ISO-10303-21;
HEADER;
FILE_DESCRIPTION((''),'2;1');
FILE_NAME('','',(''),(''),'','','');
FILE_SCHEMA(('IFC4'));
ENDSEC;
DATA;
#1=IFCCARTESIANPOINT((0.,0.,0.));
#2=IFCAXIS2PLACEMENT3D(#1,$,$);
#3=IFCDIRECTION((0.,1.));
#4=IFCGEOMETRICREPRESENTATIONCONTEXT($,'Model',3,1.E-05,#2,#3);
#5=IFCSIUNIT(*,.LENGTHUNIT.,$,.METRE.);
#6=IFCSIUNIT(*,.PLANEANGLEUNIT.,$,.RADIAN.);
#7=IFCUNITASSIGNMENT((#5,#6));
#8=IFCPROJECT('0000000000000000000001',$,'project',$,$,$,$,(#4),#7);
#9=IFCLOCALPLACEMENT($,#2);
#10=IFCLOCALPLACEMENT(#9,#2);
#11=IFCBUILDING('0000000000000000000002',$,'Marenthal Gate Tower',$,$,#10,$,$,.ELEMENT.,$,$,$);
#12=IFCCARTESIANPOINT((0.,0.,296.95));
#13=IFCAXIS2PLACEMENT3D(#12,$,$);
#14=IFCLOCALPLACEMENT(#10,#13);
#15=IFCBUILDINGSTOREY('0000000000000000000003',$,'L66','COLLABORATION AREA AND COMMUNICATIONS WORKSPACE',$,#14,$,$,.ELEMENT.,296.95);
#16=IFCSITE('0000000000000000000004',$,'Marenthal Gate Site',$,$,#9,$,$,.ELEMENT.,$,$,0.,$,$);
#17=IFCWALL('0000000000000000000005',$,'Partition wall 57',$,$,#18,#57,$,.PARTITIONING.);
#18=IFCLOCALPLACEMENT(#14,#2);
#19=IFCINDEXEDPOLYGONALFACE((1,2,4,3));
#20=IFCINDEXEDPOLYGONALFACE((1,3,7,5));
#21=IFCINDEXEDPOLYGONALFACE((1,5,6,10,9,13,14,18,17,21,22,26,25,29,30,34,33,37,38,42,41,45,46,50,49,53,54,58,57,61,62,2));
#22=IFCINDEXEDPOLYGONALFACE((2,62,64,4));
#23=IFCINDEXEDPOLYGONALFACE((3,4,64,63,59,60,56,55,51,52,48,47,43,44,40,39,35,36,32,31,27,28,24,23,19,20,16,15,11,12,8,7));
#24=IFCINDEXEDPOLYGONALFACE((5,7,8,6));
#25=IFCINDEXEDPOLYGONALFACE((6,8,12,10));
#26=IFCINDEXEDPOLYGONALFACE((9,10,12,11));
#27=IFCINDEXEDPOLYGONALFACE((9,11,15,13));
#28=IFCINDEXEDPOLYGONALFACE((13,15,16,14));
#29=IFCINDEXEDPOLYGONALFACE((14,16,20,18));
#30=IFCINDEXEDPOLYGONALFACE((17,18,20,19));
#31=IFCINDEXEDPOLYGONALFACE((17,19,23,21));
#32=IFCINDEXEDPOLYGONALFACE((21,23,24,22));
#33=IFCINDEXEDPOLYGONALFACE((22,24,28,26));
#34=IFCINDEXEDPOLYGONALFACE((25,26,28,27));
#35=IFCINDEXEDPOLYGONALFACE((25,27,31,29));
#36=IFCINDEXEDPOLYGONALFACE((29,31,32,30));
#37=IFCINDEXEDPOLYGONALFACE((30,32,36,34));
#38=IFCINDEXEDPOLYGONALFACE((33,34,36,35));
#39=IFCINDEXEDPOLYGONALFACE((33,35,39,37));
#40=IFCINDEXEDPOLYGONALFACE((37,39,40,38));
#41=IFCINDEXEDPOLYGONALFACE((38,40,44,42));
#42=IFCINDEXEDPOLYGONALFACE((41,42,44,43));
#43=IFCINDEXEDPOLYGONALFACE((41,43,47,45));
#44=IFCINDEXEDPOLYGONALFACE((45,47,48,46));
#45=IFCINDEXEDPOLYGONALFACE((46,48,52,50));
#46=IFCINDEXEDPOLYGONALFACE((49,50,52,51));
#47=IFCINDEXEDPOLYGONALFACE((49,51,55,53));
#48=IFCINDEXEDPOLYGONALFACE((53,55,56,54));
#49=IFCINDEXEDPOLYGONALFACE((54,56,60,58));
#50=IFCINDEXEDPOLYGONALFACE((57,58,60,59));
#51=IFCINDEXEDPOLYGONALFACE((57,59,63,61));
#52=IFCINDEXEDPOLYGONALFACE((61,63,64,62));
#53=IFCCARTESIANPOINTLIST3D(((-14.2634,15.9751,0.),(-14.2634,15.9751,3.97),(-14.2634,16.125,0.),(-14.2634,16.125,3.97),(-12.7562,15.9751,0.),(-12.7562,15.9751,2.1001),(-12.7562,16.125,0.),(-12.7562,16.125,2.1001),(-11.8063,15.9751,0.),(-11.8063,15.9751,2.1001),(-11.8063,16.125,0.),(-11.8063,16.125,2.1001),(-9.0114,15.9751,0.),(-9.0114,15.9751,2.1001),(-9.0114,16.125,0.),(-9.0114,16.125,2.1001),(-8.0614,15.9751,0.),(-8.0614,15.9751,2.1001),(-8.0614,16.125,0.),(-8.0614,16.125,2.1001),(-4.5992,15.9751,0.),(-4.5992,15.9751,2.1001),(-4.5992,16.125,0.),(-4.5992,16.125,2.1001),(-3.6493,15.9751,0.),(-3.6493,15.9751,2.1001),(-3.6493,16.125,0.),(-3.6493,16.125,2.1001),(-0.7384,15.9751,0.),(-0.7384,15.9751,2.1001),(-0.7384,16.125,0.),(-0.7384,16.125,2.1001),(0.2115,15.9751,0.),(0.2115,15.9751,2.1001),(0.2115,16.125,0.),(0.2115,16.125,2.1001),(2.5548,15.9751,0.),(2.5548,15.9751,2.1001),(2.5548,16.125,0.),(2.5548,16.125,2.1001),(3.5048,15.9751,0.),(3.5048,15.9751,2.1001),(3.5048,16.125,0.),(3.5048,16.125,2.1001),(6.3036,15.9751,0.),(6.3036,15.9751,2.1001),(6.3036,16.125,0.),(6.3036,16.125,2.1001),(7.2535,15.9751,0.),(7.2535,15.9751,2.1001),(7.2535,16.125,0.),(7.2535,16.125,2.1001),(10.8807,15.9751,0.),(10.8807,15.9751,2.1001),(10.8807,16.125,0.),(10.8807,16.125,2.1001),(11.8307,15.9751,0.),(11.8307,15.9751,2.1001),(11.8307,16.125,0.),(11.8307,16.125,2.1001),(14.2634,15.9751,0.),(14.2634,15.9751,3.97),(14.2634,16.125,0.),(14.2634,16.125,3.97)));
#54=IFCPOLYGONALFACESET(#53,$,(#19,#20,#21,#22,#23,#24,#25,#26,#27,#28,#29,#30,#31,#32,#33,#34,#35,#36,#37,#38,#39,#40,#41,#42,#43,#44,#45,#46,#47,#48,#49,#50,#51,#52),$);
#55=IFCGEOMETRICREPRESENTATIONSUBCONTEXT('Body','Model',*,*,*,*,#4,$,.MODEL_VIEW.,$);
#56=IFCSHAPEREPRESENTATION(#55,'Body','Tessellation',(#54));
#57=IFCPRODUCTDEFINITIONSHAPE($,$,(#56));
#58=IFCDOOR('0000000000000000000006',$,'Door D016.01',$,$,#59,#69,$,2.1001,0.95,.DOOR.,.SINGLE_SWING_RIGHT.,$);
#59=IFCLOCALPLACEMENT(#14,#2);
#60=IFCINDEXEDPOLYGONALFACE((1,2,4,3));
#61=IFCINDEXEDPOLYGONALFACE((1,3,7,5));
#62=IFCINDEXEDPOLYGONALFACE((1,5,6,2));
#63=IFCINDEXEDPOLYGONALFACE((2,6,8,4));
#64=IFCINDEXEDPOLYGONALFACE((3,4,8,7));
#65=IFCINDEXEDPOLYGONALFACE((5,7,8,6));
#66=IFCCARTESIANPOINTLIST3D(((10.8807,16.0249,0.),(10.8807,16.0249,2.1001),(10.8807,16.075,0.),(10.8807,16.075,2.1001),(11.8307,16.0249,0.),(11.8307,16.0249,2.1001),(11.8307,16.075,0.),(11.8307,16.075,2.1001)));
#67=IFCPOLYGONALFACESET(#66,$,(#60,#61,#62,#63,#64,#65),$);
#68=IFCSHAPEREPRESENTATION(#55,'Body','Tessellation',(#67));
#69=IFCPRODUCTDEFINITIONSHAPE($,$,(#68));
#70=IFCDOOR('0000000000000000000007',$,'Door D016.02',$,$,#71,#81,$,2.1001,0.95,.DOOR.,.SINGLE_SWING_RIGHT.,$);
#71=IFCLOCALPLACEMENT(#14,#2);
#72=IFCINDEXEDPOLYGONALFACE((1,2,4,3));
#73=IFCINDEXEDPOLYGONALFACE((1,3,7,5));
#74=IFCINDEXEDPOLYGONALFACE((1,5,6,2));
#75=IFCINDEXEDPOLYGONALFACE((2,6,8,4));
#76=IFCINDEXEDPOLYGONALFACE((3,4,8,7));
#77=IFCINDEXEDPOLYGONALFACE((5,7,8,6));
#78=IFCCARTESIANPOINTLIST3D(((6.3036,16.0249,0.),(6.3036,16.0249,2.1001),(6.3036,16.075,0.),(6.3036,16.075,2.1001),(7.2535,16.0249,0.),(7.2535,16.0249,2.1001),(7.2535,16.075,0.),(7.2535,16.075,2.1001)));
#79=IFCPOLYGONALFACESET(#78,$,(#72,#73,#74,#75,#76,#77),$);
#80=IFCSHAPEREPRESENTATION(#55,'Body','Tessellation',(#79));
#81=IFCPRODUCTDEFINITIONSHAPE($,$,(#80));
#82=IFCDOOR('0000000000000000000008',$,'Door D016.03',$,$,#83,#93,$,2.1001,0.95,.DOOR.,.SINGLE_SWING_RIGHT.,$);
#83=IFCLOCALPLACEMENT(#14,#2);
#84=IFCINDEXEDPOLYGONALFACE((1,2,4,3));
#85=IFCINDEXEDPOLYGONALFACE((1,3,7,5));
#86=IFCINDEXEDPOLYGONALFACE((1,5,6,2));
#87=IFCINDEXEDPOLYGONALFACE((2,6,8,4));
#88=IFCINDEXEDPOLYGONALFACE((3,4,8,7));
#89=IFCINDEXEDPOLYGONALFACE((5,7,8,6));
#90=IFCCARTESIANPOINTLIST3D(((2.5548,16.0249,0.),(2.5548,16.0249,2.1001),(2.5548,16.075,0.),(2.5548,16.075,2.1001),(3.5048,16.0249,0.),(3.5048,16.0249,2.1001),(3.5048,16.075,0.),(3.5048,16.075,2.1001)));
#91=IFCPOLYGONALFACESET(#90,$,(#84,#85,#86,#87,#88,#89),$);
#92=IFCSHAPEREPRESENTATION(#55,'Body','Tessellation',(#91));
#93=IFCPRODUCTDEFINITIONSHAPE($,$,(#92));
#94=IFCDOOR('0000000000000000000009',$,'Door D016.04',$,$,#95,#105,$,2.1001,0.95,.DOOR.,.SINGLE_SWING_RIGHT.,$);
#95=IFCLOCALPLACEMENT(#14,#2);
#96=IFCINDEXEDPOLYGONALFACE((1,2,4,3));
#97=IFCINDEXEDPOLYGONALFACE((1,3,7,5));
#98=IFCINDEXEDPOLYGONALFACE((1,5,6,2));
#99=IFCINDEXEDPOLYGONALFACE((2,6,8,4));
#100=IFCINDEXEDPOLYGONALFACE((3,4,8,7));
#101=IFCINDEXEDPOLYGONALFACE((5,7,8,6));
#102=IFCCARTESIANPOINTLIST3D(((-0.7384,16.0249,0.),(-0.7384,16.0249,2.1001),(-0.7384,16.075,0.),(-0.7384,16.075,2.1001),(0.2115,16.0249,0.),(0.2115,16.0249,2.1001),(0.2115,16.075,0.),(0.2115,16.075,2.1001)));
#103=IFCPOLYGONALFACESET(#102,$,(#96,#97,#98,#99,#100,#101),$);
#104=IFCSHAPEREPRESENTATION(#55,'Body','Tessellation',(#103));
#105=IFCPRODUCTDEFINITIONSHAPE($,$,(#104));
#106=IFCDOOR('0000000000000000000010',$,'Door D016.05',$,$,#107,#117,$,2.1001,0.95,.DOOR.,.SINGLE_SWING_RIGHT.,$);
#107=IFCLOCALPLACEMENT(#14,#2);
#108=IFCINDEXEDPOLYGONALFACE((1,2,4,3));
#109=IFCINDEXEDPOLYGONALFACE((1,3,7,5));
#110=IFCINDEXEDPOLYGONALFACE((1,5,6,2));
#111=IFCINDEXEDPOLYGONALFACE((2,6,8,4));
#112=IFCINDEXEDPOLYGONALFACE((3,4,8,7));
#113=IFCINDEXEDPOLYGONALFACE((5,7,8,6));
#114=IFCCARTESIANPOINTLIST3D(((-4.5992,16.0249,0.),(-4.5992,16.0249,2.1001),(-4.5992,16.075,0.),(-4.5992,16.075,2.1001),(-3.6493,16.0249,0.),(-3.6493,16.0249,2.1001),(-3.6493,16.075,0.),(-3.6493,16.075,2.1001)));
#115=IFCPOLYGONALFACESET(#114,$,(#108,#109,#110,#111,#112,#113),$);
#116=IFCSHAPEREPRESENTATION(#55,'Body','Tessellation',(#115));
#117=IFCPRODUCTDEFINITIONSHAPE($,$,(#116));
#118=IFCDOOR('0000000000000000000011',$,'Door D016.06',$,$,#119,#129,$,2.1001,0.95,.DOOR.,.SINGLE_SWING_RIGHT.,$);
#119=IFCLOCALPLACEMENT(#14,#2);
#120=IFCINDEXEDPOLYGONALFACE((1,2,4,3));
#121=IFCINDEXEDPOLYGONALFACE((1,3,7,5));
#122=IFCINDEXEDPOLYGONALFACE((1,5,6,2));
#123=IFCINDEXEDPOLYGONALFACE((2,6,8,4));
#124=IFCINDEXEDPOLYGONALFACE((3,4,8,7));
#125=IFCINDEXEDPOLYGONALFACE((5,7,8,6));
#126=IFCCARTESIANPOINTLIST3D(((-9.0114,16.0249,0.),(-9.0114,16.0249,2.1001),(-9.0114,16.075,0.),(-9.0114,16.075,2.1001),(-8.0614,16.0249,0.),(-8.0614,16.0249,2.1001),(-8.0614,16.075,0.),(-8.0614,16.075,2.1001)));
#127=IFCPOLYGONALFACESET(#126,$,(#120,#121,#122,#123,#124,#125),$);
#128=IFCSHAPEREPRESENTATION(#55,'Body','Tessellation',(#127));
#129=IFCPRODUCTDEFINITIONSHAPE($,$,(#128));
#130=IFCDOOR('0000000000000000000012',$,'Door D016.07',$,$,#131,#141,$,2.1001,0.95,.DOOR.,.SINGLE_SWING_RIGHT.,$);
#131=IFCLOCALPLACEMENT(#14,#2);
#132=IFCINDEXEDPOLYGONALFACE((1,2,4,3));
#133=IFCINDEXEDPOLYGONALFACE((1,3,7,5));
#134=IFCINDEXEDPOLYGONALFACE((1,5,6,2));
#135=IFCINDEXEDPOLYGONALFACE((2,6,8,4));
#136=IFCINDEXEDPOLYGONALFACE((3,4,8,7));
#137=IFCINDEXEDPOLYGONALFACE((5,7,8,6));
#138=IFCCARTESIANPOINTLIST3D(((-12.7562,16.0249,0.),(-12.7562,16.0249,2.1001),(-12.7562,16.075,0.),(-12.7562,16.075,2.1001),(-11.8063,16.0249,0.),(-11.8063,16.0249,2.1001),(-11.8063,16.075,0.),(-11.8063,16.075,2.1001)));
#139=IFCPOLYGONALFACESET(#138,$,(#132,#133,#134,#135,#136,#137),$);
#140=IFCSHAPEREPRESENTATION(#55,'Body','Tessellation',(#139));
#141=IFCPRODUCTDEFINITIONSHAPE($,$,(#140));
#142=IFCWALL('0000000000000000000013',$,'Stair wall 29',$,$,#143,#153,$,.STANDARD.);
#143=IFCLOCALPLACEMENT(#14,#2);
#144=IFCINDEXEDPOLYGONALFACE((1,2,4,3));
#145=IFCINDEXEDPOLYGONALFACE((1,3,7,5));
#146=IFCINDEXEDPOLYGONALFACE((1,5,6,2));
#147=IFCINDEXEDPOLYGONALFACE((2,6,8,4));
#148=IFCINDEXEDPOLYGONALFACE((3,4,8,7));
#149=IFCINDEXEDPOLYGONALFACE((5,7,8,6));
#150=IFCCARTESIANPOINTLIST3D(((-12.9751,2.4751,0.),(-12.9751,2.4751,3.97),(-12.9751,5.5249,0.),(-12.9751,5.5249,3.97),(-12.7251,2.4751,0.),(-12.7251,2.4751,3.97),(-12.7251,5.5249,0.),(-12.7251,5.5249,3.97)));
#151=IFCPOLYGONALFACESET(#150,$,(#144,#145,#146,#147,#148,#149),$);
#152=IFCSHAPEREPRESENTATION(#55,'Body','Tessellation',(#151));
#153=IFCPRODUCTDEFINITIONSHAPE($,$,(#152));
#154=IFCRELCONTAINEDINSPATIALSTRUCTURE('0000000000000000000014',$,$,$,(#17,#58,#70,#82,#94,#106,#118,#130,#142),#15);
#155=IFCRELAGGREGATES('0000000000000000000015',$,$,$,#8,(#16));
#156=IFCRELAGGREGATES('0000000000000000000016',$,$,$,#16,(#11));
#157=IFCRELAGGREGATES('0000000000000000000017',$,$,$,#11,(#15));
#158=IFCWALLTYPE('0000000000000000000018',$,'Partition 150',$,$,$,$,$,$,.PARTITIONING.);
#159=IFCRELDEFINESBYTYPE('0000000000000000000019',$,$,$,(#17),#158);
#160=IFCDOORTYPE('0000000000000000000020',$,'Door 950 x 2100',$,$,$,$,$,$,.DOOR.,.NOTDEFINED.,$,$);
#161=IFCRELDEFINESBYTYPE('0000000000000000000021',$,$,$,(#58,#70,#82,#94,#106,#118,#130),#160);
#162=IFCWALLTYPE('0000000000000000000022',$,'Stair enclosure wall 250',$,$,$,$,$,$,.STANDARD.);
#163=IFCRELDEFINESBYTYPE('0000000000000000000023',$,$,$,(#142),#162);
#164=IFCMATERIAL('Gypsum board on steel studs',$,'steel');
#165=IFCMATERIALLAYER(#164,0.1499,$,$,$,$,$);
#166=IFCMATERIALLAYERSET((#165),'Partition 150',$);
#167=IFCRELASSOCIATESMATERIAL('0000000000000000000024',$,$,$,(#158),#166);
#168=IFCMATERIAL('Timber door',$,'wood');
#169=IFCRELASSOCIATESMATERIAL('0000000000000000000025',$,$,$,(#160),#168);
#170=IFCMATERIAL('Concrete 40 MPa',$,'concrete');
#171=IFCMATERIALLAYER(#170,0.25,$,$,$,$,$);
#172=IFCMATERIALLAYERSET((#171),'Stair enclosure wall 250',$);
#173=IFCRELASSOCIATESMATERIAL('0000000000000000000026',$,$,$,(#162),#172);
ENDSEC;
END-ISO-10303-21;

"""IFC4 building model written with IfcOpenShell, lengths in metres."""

from ifc_helpers import new_model, si_unit, direction, frame, frame_2d, origin, place, context, subcontext, project, spatial, rectangle, extrude, material, layer, layer_set, type_object, element, fill, save


model = new_model("IFC4")

# Units and contexts
model_context = context("Model", 3, precision=1e-05, world=origin(), true_north=direction((0.0, 1.0)))
body_context = subcontext(model_context, "Body", "Model", "MODEL_VIEW")
ifc_project = project(units=[si_unit("LENGTHUNIT", "METRE"), si_unit("PLANEANGLEUNIT", "RADIAN")], contexts=[model_context])

# Site, building, storey
site_placement = place(None, origin())
site = spatial("IfcSite", under=ifc_project, at=site_placement, Name="Marenthal Gate Site", CompositionType="ELEMENT", RefElevation=0.0)
building_placement = place(site_placement, origin())
building = spatial("IfcBuilding", under=site, at=building_placement, Name="Marenthal Gate Tower", CompositionType="ELEMENT")
storey_placement = place(building_placement, frame((0.0, 0.0, 296.95)))
storey = spatial("IfcBuildingStorey", under=building, at=storey_placement, Name="L66", Description="COLLABORATION AREA AND COMMUNICATIONS WORKSPACE", CompositionType="ELEMENT", Elevation=296.95)

# Shared definitions
ifc_material_1 = material(Name="Gypsum board on steel studs", Category="steel")
ifc_layer_1 = layer(ifc_material_1, 0.1499)
ifc_layer_set_1 = layer_set([ifc_layer_1], Name="Partition 150")
wall_type_1 = type_object("IfcWallType", Name="Partition 150", PredefinedType="PARTITIONING", material=ifc_layer_set_1)

# Wall, openings, doors
wall_1_placement = place(storey_placement, frame((-14.2634, 16.05, 0.0), z_axis=(0.0, 0.0, 1.0), x_axis=(1.0, 0.0, 0.0)))
wall_1 = element("IfcWall", 1, at=wall_1_placement, inside=storey, type_object=wall_type_1, Name="Partition wall 57", PredefinedType="PARTITIONING", context=body_context, shape_type="SweptSolid", body=[
    extrude(rectangle(XDim=28.5269, YDim=0.1499, at=frame_2d((14.2634, 0.0))), origin(), (0.0, 0.0, 1.0), 3.97),
])
opening_1_placement = place(wall_1_placement, frame((25.144, 0.0, 0.0)))
opening_1 = element("IfcOpeningElement", 2, at=opening_1_placement, cuts=wall_1, PredefinedType="OPENING", context=body_context, shape_type="SweptSolid", body=[
    extrude(rectangle(XDim=0.95, YDim=2.1001, at=frame_2d((0.4751, 1.05))), frame((0.0, 0.085, 0.0), z_axis=(0.0, -1.0, 0.0), x_axis=(1.0, 0.0, 0.0)), (0.0, 0.0, 1.0), 0.1699),
])
opening_2_placement = place(wall_1_placement, frame((20.5669, 0.0, 0.0)))
opening_2 = element("IfcOpeningElement", 3, at=opening_2_placement, cuts=wall_1, PredefinedType="OPENING", context=body_context, shape_type="SweptSolid", body=[
    extrude(rectangle(XDim=0.95, YDim=2.1001, at=frame_2d((0.4751, 1.05))), frame((0.0, 0.085, 0.0), z_axis=(0.0, -1.0, 0.0), x_axis=(1.0, 0.0, 0.0)), (0.0, 0.0, 1.0), 0.1699),
])
opening_3_placement = place(wall_1_placement, frame((16.8181, 0.0, 0.0)))
opening_3 = element("IfcOpeningElement", 4, at=opening_3_placement, cuts=wall_1, PredefinedType="OPENING", context=body_context, shape_type="SweptSolid", body=[
    extrude(rectangle(XDim=0.95, YDim=2.1001, at=frame_2d((0.4751, 1.05))), frame((0.0, 0.085, 0.0), z_axis=(0.0, -1.0, 0.0), x_axis=(1.0, 0.0, 0.0)), (0.0, 0.0, 1.0), 0.1699),
])
opening_4_placement = place(wall_1_placement, frame((13.5249, 0.0, 0.0)))
opening_4 = element("IfcOpeningElement", 5, at=opening_4_placement, cuts=wall_1, PredefinedType="OPENING", context=body_context, shape_type="SweptSolid", body=[
    extrude(rectangle(XDim=0.95, YDim=2.1001, at=frame_2d((0.4751, 1.05))), frame((0.0, 0.085, 0.0), z_axis=(0.0, -1.0, 0.0), x_axis=(1.0, 0.0, 0.0)), (0.0, 0.0, 1.0), 0.1699),
])
opening_5_placement = place(wall_1_placement, frame((9.6641, 0.0, 0.0)))
opening_5 = element("IfcOpeningElement", 6, at=opening_5_placement, cuts=wall_1, PredefinedType="OPENING", context=body_context, shape_type="SweptSolid", body=[
    extrude(rectangle(XDim=0.95, YDim=2.1001, at=frame_2d((0.4751, 1.05))), frame((0.0, 0.085, 0.0), z_axis=(0.0, -1.0, 0.0), x_axis=(1.0, 0.0, 0.0)), (0.0, 0.0, 1.0), 0.1699),
])
opening_6_placement = place(wall_1_placement, frame((5.252, 0.0, 0.0)))
opening_6 = element("IfcOpeningElement", 7, at=opening_6_placement, cuts=wall_1, PredefinedType="OPENING", context=body_context, shape_type="SweptSolid", body=[
    extrude(rectangle(XDim=0.95, YDim=2.1001, at=frame_2d((0.4751, 1.05))), frame((0.0, 0.085, 0.0), z_axis=(0.0, -1.0, 0.0), x_axis=(1.0, 0.0, 0.0)), (0.0, 0.0, 1.0), 0.1699),
])
opening_7_placement = place(wall_1_placement, frame((1.5071, 0.0, 0.0)))
opening_7 = element("IfcOpeningElement", 8, at=opening_7_placement, cuts=wall_1, PredefinedType="OPENING", context=body_context, shape_type="SweptSolid", body=[
    extrude(rectangle(XDim=0.95, YDim=2.1001, at=frame_2d((0.4751, 1.05))), frame((0.0, 0.085, 0.0), z_axis=(0.0, -1.0, 0.0), x_axis=(1.0, 0.0, 0.0)), (0.0, 0.0, 1.0), 0.1699),
])
ifc_material_2 = material(Name="Timber door", Category="wood")
door_type_1 = type_object("IfcDoorType", Name="Door 950 x 2100", OperationType="NOTDEFINED", PredefinedType="DOOR", material=ifc_material_2)
door_1_placement = place(opening_1_placement, origin())
door_1 = element("IfcDoor", 9, at=door_1_placement, inside=storey, type_object=door_type_1, Name="Door D016.01", OperationType="SINGLE_SWING_RIGHT", OverallHeight=2.1001, OverallWidth=0.95, PredefinedType="DOOR", context=body_context, shape_type="SweptSolid", body=[
    extrude(rectangle(XDim=0.95, YDim=2.1001, at=frame_2d((0.4751, 1.05))), frame((0.0, 0.0249, 0.0), z_axis=(0.0, -1.0, 0.0), x_axis=(1.0, 0.0, 0.0)), (0.0, 0.0, 1.0), 0.05),
])
fill(opening_1, door_1)
door_2_placement = place(opening_2_placement, origin())
door_2 = element("IfcDoor", 10, at=door_2_placement, inside=storey, type_object=door_type_1, Name="Door D016.02", OperationType="SINGLE_SWING_RIGHT", OverallHeight=2.1001, OverallWidth=0.95, PredefinedType="DOOR", context=body_context, shape_type="SweptSolid", body=[
    extrude(rectangle(XDim=0.95, YDim=2.1001, at=frame_2d((0.4751, 1.05))), frame((0.0, 0.0249, 0.0), z_axis=(0.0, -1.0, 0.0), x_axis=(1.0, 0.0, 0.0)), (0.0, 0.0, 1.0), 0.05),
])
fill(opening_2, door_2)
door_3_placement = place(opening_3_placement, origin())
door_3 = element("IfcDoor", 11, at=door_3_placement, inside=storey, type_object=door_type_1, Name="Door D016.03", OperationType="SINGLE_SWING_RIGHT", OverallHeight=2.1001, OverallWidth=0.95, PredefinedType="DOOR", context=body_context, shape_type="SweptSolid", body=[
    extrude(rectangle(XDim=0.95, YDim=2.1001, at=frame_2d((0.4751, 1.05))), frame((0.0, 0.0249, 0.0), z_axis=(0.0, -1.0, 0.0), x_axis=(1.0, 0.0, 0.0)), (0.0, 0.0, 1.0), 0.05),
])
fill(opening_3, door_3)
door_4_placement = place(opening_4_placement, origin())
door_4 = element("IfcDoor", 12, at=door_4_placement, inside=storey, type_object=door_type_1, Name="Door D016.04", OperationType="SINGLE_SWING_RIGHT", OverallHeight=2.1001, OverallWidth=0.95, PredefinedType="DOOR", context=body_context, shape_type="SweptSolid", body=[
    extrude(rectangle(XDim=0.95, YDim=2.1001, at=frame_2d((0.4751, 1.05))), frame((0.0, 0.0249, 0.0), z_axis=(0.0, -1.0, 0.0), x_axis=(1.0, 0.0, 0.0)), (0.0, 0.0, 1.0), 0.05),
])
fill(opening_4, door_4)
door_5_placement = place(opening_5_placement, origin())
door_5 = element("IfcDoor", 13, at=door_5_placement, inside=storey, type_object=door_type_1, Name="Door D016.05", OperationType="SINGLE_SWING_RIGHT", OverallHeight=2.1001, OverallWidth=0.95, PredefinedType="DOOR", context=body_context, shape_type="SweptSolid", body=[
    extrude(rectangle(XDim=0.95, YDim=2.1001, at=frame_2d((0.4751, 1.05))), frame((0.0, 0.0249, 0.0), z_axis=(0.0, -1.0, 0.0), x_axis=(1.0, 0.0, 0.0)), (0.0, 0.0, 1.0), 0.05),
])
fill(opening_5, door_5)
door_6_placement = place(opening_6_placement, origin())
door_6 = element("IfcDoor", 14, at=door_6_placement, inside=storey, type_object=door_type_1, Name="Door D016.06", OperationType="SINGLE_SWING_RIGHT", OverallHeight=2.1001, OverallWidth=0.95, PredefinedType="DOOR", context=body_context, shape_type="SweptSolid", body=[
    extrude(rectangle(XDim=0.95, YDim=2.1001, at=frame_2d((0.4751, 1.05))), frame((0.0, 0.0249, 0.0), z_axis=(0.0, -1.0, 0.0), x_axis=(1.0, 0.0, 0.0)), (0.0, 0.0, 1.0), 0.05),
])
fill(opening_6, door_6)
door_7_placement = place(opening_7_placement, origin())
door_7 = element("IfcDoor", 15, at=door_7_placement, inside=storey, type_object=door_type_1, Name="Door D016.07", OperationType="SINGLE_SWING_RIGHT", OverallHeight=2.1001, OverallWidth=0.95, PredefinedType="DOOR", context=body_context, shape_type="SweptSolid", body=[
    extrude(rectangle(XDim=0.95, YDim=2.1001, at=frame_2d((0.4751, 1.05))), frame((0.0, 0.0249, 0.0), z_axis=(0.0, -1.0, 0.0), x_axis=(1.0, 0.0, 0.0)), (0.0, 0.0, 1.0), 0.05),
])
fill(opening_7, door_7)

# Wall
ifc_material_3 = material(Name="Concrete 40 MPa", Category="concrete")
ifc_layer_2 = layer(ifc_material_3, 0.25)
ifc_layer_set_2 = layer_set([ifc_layer_2], Name="Stair enclosure wall 250")
wall_type_2 = type_object("IfcWallType", Name="Stair enclosure wall 250", PredefinedType="STANDARD", material=ifc_layer_set_2)
wall_2_placement = place(storey_placement, frame((-12.8501, 2.4751, 0.0), z_axis=(0.0, 0.0, 1.0), x_axis=(0.0, 1.0, 0.0)))
element("IfcWall", 16, at=wall_2_placement, inside=storey, type_object=wall_type_2, Name="Stair wall 29", PredefinedType="STANDARD", context=body_context, shape_type="SweptSolid", body=[
    extrude(rectangle(XDim=3.0498, YDim=0.25, at=frame_2d((1.5249, 0.0))), origin(), (0.0, 0.0, 1.0), 3.97),
])

save(model, "model.ifc")
